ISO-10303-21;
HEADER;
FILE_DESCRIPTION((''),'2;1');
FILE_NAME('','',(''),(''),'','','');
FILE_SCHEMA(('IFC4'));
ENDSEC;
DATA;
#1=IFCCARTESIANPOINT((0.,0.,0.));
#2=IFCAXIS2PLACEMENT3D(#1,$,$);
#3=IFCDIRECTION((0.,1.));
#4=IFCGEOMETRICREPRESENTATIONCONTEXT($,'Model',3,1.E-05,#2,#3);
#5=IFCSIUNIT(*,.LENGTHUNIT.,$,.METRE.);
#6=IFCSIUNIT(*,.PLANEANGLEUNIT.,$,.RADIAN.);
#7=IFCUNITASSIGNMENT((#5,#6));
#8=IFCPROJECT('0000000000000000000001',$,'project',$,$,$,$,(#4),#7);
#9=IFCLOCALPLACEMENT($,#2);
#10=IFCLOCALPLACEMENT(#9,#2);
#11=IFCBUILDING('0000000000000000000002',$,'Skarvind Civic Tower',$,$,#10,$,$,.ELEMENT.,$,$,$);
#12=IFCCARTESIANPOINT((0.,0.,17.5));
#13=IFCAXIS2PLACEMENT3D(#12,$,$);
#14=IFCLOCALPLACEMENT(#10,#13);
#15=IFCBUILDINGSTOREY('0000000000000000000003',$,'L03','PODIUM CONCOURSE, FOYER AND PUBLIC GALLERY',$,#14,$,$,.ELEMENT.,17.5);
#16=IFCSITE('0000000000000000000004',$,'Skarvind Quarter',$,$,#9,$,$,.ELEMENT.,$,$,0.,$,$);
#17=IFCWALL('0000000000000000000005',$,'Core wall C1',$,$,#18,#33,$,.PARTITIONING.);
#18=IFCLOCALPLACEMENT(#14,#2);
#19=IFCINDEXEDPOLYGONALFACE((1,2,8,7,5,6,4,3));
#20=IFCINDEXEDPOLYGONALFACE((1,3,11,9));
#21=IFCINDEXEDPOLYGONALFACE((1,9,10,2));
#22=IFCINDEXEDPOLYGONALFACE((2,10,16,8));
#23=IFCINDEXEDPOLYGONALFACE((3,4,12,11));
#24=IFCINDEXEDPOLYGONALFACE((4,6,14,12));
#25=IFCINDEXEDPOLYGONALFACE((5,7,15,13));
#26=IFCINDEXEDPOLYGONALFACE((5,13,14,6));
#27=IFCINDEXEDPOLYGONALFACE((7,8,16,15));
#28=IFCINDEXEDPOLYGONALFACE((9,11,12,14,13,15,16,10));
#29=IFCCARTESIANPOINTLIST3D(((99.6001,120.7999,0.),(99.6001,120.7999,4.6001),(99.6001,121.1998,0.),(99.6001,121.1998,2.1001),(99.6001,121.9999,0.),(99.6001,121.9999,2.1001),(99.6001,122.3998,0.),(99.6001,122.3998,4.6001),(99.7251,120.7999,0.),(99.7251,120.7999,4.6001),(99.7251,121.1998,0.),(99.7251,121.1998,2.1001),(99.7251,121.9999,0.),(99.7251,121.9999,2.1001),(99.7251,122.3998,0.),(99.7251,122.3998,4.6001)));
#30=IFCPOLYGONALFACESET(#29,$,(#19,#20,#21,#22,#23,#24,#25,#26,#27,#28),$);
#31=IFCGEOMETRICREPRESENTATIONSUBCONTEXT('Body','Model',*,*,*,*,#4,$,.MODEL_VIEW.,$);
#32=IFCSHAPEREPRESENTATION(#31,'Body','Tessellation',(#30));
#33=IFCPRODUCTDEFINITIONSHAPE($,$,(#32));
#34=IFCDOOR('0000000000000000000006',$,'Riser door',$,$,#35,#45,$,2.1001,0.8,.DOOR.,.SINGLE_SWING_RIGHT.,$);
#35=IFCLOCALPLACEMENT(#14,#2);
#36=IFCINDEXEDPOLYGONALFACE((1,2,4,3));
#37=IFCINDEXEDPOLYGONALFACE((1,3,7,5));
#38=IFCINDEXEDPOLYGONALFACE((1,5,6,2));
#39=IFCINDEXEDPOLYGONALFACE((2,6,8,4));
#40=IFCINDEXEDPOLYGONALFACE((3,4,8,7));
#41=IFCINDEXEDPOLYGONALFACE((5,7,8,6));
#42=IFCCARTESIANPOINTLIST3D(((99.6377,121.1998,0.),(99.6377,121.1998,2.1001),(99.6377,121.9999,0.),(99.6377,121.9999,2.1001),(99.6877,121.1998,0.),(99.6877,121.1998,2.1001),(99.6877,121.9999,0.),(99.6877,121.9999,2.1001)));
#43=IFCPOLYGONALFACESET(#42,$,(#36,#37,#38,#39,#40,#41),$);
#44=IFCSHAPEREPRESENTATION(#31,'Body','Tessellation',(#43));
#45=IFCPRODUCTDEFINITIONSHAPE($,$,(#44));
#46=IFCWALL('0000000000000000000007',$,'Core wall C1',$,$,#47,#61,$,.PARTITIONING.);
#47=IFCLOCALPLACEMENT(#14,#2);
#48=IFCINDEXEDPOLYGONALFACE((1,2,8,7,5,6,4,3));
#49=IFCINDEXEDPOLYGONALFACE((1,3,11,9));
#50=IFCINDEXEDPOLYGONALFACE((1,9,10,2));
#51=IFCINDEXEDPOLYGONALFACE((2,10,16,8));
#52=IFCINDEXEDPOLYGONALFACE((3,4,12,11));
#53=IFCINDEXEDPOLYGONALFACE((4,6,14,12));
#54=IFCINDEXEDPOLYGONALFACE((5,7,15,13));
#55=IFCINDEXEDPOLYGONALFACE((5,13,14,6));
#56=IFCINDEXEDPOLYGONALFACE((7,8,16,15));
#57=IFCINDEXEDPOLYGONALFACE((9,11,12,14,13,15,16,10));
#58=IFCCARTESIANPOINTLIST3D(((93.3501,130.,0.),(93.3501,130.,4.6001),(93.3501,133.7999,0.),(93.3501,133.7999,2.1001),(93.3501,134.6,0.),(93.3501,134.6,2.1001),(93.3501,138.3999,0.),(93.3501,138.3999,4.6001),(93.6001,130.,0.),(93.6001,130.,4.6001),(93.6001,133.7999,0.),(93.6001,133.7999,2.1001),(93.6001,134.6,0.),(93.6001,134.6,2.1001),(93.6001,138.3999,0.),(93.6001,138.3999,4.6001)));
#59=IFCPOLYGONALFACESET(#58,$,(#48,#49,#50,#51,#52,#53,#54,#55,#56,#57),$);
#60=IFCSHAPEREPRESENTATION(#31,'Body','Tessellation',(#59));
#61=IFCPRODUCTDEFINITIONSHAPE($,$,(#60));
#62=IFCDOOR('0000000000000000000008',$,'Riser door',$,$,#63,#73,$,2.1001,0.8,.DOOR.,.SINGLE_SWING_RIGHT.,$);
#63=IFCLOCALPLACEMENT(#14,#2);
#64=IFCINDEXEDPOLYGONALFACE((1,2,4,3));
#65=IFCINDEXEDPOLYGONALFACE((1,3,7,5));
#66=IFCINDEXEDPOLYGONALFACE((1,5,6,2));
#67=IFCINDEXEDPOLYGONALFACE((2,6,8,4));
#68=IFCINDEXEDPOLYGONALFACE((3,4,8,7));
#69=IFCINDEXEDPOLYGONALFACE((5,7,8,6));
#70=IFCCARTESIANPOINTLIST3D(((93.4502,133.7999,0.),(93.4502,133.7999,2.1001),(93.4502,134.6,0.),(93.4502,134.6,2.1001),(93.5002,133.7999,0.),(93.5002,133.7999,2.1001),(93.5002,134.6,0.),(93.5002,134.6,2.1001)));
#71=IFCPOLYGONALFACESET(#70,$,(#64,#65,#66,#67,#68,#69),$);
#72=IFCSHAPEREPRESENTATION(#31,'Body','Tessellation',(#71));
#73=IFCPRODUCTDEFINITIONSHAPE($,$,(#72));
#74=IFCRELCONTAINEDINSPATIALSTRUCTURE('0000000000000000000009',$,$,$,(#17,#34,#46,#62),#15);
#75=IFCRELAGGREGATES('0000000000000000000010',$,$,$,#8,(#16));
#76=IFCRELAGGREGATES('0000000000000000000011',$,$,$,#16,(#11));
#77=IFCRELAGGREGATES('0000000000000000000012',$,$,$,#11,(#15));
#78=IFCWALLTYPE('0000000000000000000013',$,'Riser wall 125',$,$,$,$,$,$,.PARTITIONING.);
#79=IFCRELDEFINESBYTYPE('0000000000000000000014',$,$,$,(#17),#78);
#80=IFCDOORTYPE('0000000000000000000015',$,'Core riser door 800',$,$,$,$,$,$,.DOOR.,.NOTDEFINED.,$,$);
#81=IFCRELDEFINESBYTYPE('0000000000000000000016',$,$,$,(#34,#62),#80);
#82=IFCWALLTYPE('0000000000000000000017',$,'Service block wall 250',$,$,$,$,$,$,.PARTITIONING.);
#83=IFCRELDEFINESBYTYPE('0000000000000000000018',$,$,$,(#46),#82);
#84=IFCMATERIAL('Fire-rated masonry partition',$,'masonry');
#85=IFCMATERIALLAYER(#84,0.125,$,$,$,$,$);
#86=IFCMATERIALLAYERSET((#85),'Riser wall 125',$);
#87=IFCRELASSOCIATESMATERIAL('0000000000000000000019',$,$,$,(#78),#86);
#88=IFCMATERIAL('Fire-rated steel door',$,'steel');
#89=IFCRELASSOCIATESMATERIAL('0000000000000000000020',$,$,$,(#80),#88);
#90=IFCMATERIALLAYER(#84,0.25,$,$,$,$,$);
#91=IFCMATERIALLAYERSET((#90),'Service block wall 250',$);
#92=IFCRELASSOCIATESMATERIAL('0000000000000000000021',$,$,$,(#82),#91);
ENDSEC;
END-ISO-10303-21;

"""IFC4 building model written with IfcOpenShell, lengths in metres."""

from ifc_helpers import new_model, si_unit, direction, frame, frame_2d, origin, place, context, subcontext, project, spatial, rectangle, extrude, material, layer, layer_set, type_object, element, fill, save


model = new_model("IFC4")

# Units and contexts
model_context = context("Model", 3, precision=1e-05, world=origin(), true_north=direction((0.0, 1.0)))
body_context = subcontext(model_context, "Body", "Model", "MODEL_VIEW")
ifc_project = project(units=[si_unit("LENGTHUNIT", "METRE"), si_unit("PLANEANGLEUNIT", "RADIAN")], contexts=[model_context])

# Site, building, storey
site_placement = place(None, origin())
site = spatial("IfcSite", under=ifc_project, at=site_placement, Name="Skarvind Quarter", CompositionType="ELEMENT", RefElevation=0.0)
building_placement = place(site_placement, origin())
building = spatial("IfcBuilding", under=site, at=building_placement, Name="Skarvind Civic Tower", CompositionType="ELEMENT")
storey_placement = place(building_placement, frame((0.0, 0.0, 17.5)))
storey = spatial("IfcBuildingStorey", under=building, at=storey_placement, Name="L03", Description="PODIUM CONCOURSE, FOYER AND PUBLIC GALLERY", CompositionType="ELEMENT", Elevation=17.5)

# Shared definitions
ifc_material_1 = material(Name="Fire-rated masonry partition", Category="masonry")
ifc_material_2 = material(Name="Fire-rated steel door", Category="steel")

# Walls, openings, doors
ifc_layer_1 = layer(ifc_material_1, 0.125)
ifc_layer_set_1 = layer_set([ifc_layer_1], Name="Riser wall 125")
wall_type_1 = type_object("IfcWallType", Name="Riser wall 125", PredefinedType="PARTITIONING", material=ifc_layer_set_1)
wall_1_placement = place(storey_placement, frame((99.6626, 120.8, 0.0), z_axis=(0.0, 0.0, 1.0), x_axis=(0.0, 1.0, 0.0)))
wall_1 = element("IfcWall", 1, at=wall_1_placement, inside=storey, type_object=wall_type_1, Name="Core wall C1", PredefinedType="PARTITIONING", context=body_context, shape_type="SweptSolid", body=[
    extrude(rectangle(XDim=1.5999, YDim=0.125, at=frame_2d((0.7998, 0.0))), origin(), (0.0, 0.0, 1.0), 4.6001),
])
opening_1_placement = place(wall_1_placement, frame((0.3999, 0.0, 0.0)))
opening_1 = element("IfcOpeningElement", 2, at=opening_1_placement, cuts=wall_1, PredefinedType="OPENING", context=body_context, shape_type="SweptSolid", body=[
    extrude(rectangle(XDim=0.8, YDim=2.1001, at=frame_2d((0.3999, 1.05))), frame((0.0, 0.0725, 0.0), z_axis=(0.0, -1.0, 0.0), x_axis=(1.0, 0.0, 0.0)), (0.0, 0.0, 1.0), 0.145),
])
door_type_1 = type_object("IfcDoorType", Name="Core riser door 800", OperationType="NOTDEFINED", PredefinedType="DOOR", material=ifc_material_2)
door_1_placement = place(opening_1_placement, origin())
door_1 = element("IfcDoor", 3, at=door_1_placement, inside=storey, type_object=door_type_1, Name="Riser door", OperationType="SINGLE_SWING_RIGHT", OverallHeight=2.1001, OverallWidth=0.8, PredefinedType="DOOR", context=body_context, shape_type="SweptSolid", body=[
    extrude(rectangle(XDim=0.8, YDim=2.1001, at=frame_2d((0.3999, 1.05))), frame((0.0, 0.0249, 0.0), z_axis=(0.0, -1.0, 0.0), x_axis=(1.0, 0.0, 0.0)), (0.0, 0.0, 1.0), 0.05),
])
fill(opening_1, door_1)
ifc_layer_2 = layer(ifc_material_1, 0.25)
ifc_layer_set_2 = layer_set([ifc_layer_2], Name="Service block wall 250")
wall_type_2 = type_object("IfcWallType", Name="Service block wall 250", PredefinedType="PARTITIONING", material=ifc_layer_set_2)
wall_2_placement = place(storey_placement, frame((93.4751, 130.0, 0.0), z_axis=(0.0, 0.0, 1.0), x_axis=(0.0, 1.0, 0.0)))
wall_2 = element("IfcWall", 4, at=wall_2_placement, inside=storey, type_object=wall_type_2, Name="Core wall C1", PredefinedType="PARTITIONING", context=body_context, shape_type="SweptSolid", body=[
    extrude(rectangle(XDim=8.3999, YDim=0.25, at=frame_2d((4.2, 0.0))), origin(), (0.0, 0.0, 1.0), 4.6001),
])
opening_2_placement = place(wall_2_placement, frame((3.8, 0.0, 0.0)))
opening_2 = element("IfcOpeningElement", 5, at=opening_2_placement, cuts=wall_2, PredefinedType="OPENING", context=body_context, shape_type="SweptSolid", body=[
    extrude(rectangle(XDim=0.8, YDim=2.1001, at=frame_2d((0.3999, 1.05))), frame((0.0, 0.135, 0.0), z_axis=(0.0, -1.0, 0.0), x_axis=(1.0, 0.0, 0.0)), (0.0, 0.0, 1.0), 0.27),
])
door_2_placement = place(opening_2_placement, origin())
door_2 = element("IfcDoor", 6, at=door_2_placement, inside=storey, type_object=door_type_1, Name="Riser door", OperationType="SINGLE_SWING_RIGHT", OverallHeight=2.1001, OverallWidth=0.8, PredefinedType="DOOR", context=body_context, shape_type="SweptSolid", body=[
    extrude(rectangle(XDim=0.8, YDim=2.1001, at=frame_2d((0.3999, 1.05))), frame((0.0, 0.0249, 0.0), z_axis=(0.0, -1.0, 0.0), x_axis=(1.0, 0.0, 0.0)), (0.0, 0.0, 1.0), 0.05),
])
fill(opening_2, door_2)

save(model, "model.ifc")
